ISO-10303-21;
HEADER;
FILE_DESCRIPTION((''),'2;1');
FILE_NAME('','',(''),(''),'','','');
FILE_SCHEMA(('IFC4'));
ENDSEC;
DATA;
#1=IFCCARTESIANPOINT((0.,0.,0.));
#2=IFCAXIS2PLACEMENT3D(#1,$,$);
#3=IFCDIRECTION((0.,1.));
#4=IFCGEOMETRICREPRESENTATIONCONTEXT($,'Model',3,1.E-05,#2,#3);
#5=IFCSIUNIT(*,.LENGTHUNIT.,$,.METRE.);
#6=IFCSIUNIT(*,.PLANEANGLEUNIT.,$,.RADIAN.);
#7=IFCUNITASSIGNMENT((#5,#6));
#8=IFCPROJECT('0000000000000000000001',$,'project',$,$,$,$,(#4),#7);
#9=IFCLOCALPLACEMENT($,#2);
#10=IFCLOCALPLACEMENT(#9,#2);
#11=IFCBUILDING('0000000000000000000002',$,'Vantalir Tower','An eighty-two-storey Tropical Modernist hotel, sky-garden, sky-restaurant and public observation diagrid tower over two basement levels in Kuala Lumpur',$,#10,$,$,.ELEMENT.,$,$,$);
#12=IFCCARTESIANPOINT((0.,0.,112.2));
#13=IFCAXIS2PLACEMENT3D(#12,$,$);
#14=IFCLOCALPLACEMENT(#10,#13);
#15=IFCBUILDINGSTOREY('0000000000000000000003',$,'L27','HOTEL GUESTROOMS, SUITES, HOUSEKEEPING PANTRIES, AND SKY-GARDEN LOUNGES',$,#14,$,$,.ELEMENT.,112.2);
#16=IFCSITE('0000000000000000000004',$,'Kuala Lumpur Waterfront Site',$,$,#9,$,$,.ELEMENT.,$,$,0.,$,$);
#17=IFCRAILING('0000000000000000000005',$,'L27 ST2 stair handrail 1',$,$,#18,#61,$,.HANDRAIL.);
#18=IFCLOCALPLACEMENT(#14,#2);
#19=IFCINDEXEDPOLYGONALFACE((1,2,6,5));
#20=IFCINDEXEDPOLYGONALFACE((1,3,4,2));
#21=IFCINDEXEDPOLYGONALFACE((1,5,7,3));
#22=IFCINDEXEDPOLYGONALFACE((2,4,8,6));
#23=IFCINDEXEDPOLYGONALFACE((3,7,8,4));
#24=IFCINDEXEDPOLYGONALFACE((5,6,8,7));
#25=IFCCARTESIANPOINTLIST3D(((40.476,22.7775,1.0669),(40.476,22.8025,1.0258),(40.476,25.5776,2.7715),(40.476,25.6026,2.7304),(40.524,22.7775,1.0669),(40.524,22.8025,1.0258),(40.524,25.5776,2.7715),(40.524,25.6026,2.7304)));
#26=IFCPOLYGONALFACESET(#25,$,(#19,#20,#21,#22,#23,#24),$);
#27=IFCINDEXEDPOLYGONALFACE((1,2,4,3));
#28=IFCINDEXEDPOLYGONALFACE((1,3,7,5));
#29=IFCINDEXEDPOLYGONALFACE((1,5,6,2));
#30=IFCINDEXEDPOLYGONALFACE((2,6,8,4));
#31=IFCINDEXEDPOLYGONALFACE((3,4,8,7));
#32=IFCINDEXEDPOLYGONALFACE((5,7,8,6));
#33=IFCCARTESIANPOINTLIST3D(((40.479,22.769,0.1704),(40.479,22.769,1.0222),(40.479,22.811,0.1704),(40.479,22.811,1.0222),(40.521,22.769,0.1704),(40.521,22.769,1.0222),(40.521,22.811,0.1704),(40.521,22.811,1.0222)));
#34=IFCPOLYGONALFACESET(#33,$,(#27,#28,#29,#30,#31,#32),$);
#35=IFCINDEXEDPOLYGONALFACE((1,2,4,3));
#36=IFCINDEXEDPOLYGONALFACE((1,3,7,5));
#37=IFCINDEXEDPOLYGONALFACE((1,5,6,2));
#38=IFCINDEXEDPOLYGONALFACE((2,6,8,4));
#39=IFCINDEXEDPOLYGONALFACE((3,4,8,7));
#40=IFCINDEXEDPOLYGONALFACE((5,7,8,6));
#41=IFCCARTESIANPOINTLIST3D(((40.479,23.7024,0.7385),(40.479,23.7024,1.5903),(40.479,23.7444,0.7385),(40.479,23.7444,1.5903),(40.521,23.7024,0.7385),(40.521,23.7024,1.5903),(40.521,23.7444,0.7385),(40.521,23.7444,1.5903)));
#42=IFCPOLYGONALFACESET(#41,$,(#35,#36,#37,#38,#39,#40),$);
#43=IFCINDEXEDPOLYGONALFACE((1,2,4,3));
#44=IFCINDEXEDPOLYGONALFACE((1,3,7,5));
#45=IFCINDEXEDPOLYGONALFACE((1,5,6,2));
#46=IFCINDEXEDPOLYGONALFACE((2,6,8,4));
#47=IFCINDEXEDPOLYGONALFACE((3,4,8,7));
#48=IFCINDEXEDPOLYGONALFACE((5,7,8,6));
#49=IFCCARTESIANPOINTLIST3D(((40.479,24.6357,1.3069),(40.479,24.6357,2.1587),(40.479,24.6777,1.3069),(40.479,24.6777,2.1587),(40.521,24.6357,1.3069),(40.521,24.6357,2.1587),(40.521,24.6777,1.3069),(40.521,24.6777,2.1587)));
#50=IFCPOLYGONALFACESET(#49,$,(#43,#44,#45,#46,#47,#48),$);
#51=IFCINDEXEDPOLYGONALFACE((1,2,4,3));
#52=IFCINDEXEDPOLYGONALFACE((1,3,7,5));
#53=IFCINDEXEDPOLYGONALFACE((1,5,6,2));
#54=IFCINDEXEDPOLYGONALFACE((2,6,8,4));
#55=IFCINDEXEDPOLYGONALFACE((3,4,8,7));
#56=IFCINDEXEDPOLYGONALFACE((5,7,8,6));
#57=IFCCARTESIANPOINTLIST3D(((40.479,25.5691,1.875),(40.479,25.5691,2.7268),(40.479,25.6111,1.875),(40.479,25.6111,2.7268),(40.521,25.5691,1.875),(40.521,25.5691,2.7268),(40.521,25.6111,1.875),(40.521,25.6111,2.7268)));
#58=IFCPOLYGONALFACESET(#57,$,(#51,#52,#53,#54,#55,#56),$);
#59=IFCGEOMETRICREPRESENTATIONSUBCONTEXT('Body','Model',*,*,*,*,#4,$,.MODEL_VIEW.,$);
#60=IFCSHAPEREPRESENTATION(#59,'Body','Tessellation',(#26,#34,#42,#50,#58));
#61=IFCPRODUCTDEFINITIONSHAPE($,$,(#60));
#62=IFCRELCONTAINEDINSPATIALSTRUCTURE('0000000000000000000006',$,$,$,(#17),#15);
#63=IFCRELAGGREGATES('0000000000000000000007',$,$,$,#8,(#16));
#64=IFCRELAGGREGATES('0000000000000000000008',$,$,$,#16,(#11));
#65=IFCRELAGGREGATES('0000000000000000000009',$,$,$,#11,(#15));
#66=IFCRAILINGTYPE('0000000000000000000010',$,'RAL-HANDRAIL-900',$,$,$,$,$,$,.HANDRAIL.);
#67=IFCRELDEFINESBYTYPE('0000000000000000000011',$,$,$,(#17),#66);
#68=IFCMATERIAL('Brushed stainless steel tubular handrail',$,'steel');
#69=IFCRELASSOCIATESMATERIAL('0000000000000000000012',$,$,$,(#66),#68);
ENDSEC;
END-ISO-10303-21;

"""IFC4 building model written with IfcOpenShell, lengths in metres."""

from ifc_helpers import new_model, si_unit, direction, frame, origin, origin_2d, place, context, subcontext, project, spatial, rectangle, extrude, material, type_object, element, save


model = new_model("IFC4")

# Units and contexts
model_context = context("Model", 3, precision=1e-05, world=origin(), true_north=direction((0.0, 1.0)))
body_context = subcontext(model_context, "Body", "Model", "MODEL_VIEW")
ifc_project = project(units=[si_unit("LENGTHUNIT", "METRE"), si_unit("PLANEANGLEUNIT", "RADIAN")], contexts=[model_context])

# Site, building, storey
site_placement = place(None, origin())
site = spatial("IfcSite", under=ifc_project, at=site_placement, Name="Kuala Lumpur Waterfront Site", CompositionType="ELEMENT", RefElevation=0.0)
building_placement = place(site_placement, origin())
building = spatial("IfcBuilding", under=site, at=building_placement, Name="Vantalir Tower", Description="An eighty-two-storey Tropical Modernist hotel, sky-garden, sky-restaurant and public observation diagrid tower over two basement levels in Kuala Lumpur", CompositionType="ELEMENT")
storey_placement = place(building_placement, frame((0.0, 0.0, 112.2)))
storey = spatial("IfcBuildingStorey", under=building, at=storey_placement, Name="L27", Description="HOTEL GUESTROOMS, SUITES, HOUSEKEEPING PANTRIES, AND SKY-GARDEN LOUNGES", CompositionType="ELEMENT", Elevation=112.2)

# Railing
ifc_material_1 = material(Name="Brushed stainless steel tubular handrail", Category="steel")
railing_type_1 = type_object("IfcRailingType", Name="RAL-HANDRAIL-900", PredefinedType="HANDRAIL", material=ifc_material_1)
railing_1_placement = place(storey_placement, frame((40.5, 22.79, 0.1704)))
element("IfcRailing", 1, at=railing_1_placement, inside=storey, type_object=railing_type_1, Name="L27 ST2 stair handrail 1", PredefinedType="HANDRAIL", context=body_context, shape_type="SweptSolid", body=[
    extrude(rectangle(XDim=0.0481, YDim=0.0481, at=origin_2d()), frame((0.0, 0.0, 0.876), z_axis=(0.0, 0.85417, 0.519994), x_axis=(-1.0, 0.0, 0.0)), (0.0, 0.0, 1.0), 3.2781),
    extrude(rectangle(XDim=0.042, YDim=0.042, at=origin_2d()), origin(), (0.0, 0.0, 1.0), 0.8518),
    extrude(rectangle(XDim=0.042, YDim=0.042, at=origin_2d()), frame((0.0, 0.9333, 0.5681)), (0.0, 0.0, 1.0), 0.8518),
    extrude(rectangle(XDim=0.042, YDim=0.042, at=origin_2d()), frame((0.0, 1.8667, 1.1365)), (0.0, 0.0, 1.0), 0.8518),
    extrude(rectangle(XDim=0.042, YDim=0.042, at=origin_2d()), frame((0.0, 2.8, 1.7046)), (0.0, 0.0, 1.0), 0.8518),
])

save(model, "model.ifc")
